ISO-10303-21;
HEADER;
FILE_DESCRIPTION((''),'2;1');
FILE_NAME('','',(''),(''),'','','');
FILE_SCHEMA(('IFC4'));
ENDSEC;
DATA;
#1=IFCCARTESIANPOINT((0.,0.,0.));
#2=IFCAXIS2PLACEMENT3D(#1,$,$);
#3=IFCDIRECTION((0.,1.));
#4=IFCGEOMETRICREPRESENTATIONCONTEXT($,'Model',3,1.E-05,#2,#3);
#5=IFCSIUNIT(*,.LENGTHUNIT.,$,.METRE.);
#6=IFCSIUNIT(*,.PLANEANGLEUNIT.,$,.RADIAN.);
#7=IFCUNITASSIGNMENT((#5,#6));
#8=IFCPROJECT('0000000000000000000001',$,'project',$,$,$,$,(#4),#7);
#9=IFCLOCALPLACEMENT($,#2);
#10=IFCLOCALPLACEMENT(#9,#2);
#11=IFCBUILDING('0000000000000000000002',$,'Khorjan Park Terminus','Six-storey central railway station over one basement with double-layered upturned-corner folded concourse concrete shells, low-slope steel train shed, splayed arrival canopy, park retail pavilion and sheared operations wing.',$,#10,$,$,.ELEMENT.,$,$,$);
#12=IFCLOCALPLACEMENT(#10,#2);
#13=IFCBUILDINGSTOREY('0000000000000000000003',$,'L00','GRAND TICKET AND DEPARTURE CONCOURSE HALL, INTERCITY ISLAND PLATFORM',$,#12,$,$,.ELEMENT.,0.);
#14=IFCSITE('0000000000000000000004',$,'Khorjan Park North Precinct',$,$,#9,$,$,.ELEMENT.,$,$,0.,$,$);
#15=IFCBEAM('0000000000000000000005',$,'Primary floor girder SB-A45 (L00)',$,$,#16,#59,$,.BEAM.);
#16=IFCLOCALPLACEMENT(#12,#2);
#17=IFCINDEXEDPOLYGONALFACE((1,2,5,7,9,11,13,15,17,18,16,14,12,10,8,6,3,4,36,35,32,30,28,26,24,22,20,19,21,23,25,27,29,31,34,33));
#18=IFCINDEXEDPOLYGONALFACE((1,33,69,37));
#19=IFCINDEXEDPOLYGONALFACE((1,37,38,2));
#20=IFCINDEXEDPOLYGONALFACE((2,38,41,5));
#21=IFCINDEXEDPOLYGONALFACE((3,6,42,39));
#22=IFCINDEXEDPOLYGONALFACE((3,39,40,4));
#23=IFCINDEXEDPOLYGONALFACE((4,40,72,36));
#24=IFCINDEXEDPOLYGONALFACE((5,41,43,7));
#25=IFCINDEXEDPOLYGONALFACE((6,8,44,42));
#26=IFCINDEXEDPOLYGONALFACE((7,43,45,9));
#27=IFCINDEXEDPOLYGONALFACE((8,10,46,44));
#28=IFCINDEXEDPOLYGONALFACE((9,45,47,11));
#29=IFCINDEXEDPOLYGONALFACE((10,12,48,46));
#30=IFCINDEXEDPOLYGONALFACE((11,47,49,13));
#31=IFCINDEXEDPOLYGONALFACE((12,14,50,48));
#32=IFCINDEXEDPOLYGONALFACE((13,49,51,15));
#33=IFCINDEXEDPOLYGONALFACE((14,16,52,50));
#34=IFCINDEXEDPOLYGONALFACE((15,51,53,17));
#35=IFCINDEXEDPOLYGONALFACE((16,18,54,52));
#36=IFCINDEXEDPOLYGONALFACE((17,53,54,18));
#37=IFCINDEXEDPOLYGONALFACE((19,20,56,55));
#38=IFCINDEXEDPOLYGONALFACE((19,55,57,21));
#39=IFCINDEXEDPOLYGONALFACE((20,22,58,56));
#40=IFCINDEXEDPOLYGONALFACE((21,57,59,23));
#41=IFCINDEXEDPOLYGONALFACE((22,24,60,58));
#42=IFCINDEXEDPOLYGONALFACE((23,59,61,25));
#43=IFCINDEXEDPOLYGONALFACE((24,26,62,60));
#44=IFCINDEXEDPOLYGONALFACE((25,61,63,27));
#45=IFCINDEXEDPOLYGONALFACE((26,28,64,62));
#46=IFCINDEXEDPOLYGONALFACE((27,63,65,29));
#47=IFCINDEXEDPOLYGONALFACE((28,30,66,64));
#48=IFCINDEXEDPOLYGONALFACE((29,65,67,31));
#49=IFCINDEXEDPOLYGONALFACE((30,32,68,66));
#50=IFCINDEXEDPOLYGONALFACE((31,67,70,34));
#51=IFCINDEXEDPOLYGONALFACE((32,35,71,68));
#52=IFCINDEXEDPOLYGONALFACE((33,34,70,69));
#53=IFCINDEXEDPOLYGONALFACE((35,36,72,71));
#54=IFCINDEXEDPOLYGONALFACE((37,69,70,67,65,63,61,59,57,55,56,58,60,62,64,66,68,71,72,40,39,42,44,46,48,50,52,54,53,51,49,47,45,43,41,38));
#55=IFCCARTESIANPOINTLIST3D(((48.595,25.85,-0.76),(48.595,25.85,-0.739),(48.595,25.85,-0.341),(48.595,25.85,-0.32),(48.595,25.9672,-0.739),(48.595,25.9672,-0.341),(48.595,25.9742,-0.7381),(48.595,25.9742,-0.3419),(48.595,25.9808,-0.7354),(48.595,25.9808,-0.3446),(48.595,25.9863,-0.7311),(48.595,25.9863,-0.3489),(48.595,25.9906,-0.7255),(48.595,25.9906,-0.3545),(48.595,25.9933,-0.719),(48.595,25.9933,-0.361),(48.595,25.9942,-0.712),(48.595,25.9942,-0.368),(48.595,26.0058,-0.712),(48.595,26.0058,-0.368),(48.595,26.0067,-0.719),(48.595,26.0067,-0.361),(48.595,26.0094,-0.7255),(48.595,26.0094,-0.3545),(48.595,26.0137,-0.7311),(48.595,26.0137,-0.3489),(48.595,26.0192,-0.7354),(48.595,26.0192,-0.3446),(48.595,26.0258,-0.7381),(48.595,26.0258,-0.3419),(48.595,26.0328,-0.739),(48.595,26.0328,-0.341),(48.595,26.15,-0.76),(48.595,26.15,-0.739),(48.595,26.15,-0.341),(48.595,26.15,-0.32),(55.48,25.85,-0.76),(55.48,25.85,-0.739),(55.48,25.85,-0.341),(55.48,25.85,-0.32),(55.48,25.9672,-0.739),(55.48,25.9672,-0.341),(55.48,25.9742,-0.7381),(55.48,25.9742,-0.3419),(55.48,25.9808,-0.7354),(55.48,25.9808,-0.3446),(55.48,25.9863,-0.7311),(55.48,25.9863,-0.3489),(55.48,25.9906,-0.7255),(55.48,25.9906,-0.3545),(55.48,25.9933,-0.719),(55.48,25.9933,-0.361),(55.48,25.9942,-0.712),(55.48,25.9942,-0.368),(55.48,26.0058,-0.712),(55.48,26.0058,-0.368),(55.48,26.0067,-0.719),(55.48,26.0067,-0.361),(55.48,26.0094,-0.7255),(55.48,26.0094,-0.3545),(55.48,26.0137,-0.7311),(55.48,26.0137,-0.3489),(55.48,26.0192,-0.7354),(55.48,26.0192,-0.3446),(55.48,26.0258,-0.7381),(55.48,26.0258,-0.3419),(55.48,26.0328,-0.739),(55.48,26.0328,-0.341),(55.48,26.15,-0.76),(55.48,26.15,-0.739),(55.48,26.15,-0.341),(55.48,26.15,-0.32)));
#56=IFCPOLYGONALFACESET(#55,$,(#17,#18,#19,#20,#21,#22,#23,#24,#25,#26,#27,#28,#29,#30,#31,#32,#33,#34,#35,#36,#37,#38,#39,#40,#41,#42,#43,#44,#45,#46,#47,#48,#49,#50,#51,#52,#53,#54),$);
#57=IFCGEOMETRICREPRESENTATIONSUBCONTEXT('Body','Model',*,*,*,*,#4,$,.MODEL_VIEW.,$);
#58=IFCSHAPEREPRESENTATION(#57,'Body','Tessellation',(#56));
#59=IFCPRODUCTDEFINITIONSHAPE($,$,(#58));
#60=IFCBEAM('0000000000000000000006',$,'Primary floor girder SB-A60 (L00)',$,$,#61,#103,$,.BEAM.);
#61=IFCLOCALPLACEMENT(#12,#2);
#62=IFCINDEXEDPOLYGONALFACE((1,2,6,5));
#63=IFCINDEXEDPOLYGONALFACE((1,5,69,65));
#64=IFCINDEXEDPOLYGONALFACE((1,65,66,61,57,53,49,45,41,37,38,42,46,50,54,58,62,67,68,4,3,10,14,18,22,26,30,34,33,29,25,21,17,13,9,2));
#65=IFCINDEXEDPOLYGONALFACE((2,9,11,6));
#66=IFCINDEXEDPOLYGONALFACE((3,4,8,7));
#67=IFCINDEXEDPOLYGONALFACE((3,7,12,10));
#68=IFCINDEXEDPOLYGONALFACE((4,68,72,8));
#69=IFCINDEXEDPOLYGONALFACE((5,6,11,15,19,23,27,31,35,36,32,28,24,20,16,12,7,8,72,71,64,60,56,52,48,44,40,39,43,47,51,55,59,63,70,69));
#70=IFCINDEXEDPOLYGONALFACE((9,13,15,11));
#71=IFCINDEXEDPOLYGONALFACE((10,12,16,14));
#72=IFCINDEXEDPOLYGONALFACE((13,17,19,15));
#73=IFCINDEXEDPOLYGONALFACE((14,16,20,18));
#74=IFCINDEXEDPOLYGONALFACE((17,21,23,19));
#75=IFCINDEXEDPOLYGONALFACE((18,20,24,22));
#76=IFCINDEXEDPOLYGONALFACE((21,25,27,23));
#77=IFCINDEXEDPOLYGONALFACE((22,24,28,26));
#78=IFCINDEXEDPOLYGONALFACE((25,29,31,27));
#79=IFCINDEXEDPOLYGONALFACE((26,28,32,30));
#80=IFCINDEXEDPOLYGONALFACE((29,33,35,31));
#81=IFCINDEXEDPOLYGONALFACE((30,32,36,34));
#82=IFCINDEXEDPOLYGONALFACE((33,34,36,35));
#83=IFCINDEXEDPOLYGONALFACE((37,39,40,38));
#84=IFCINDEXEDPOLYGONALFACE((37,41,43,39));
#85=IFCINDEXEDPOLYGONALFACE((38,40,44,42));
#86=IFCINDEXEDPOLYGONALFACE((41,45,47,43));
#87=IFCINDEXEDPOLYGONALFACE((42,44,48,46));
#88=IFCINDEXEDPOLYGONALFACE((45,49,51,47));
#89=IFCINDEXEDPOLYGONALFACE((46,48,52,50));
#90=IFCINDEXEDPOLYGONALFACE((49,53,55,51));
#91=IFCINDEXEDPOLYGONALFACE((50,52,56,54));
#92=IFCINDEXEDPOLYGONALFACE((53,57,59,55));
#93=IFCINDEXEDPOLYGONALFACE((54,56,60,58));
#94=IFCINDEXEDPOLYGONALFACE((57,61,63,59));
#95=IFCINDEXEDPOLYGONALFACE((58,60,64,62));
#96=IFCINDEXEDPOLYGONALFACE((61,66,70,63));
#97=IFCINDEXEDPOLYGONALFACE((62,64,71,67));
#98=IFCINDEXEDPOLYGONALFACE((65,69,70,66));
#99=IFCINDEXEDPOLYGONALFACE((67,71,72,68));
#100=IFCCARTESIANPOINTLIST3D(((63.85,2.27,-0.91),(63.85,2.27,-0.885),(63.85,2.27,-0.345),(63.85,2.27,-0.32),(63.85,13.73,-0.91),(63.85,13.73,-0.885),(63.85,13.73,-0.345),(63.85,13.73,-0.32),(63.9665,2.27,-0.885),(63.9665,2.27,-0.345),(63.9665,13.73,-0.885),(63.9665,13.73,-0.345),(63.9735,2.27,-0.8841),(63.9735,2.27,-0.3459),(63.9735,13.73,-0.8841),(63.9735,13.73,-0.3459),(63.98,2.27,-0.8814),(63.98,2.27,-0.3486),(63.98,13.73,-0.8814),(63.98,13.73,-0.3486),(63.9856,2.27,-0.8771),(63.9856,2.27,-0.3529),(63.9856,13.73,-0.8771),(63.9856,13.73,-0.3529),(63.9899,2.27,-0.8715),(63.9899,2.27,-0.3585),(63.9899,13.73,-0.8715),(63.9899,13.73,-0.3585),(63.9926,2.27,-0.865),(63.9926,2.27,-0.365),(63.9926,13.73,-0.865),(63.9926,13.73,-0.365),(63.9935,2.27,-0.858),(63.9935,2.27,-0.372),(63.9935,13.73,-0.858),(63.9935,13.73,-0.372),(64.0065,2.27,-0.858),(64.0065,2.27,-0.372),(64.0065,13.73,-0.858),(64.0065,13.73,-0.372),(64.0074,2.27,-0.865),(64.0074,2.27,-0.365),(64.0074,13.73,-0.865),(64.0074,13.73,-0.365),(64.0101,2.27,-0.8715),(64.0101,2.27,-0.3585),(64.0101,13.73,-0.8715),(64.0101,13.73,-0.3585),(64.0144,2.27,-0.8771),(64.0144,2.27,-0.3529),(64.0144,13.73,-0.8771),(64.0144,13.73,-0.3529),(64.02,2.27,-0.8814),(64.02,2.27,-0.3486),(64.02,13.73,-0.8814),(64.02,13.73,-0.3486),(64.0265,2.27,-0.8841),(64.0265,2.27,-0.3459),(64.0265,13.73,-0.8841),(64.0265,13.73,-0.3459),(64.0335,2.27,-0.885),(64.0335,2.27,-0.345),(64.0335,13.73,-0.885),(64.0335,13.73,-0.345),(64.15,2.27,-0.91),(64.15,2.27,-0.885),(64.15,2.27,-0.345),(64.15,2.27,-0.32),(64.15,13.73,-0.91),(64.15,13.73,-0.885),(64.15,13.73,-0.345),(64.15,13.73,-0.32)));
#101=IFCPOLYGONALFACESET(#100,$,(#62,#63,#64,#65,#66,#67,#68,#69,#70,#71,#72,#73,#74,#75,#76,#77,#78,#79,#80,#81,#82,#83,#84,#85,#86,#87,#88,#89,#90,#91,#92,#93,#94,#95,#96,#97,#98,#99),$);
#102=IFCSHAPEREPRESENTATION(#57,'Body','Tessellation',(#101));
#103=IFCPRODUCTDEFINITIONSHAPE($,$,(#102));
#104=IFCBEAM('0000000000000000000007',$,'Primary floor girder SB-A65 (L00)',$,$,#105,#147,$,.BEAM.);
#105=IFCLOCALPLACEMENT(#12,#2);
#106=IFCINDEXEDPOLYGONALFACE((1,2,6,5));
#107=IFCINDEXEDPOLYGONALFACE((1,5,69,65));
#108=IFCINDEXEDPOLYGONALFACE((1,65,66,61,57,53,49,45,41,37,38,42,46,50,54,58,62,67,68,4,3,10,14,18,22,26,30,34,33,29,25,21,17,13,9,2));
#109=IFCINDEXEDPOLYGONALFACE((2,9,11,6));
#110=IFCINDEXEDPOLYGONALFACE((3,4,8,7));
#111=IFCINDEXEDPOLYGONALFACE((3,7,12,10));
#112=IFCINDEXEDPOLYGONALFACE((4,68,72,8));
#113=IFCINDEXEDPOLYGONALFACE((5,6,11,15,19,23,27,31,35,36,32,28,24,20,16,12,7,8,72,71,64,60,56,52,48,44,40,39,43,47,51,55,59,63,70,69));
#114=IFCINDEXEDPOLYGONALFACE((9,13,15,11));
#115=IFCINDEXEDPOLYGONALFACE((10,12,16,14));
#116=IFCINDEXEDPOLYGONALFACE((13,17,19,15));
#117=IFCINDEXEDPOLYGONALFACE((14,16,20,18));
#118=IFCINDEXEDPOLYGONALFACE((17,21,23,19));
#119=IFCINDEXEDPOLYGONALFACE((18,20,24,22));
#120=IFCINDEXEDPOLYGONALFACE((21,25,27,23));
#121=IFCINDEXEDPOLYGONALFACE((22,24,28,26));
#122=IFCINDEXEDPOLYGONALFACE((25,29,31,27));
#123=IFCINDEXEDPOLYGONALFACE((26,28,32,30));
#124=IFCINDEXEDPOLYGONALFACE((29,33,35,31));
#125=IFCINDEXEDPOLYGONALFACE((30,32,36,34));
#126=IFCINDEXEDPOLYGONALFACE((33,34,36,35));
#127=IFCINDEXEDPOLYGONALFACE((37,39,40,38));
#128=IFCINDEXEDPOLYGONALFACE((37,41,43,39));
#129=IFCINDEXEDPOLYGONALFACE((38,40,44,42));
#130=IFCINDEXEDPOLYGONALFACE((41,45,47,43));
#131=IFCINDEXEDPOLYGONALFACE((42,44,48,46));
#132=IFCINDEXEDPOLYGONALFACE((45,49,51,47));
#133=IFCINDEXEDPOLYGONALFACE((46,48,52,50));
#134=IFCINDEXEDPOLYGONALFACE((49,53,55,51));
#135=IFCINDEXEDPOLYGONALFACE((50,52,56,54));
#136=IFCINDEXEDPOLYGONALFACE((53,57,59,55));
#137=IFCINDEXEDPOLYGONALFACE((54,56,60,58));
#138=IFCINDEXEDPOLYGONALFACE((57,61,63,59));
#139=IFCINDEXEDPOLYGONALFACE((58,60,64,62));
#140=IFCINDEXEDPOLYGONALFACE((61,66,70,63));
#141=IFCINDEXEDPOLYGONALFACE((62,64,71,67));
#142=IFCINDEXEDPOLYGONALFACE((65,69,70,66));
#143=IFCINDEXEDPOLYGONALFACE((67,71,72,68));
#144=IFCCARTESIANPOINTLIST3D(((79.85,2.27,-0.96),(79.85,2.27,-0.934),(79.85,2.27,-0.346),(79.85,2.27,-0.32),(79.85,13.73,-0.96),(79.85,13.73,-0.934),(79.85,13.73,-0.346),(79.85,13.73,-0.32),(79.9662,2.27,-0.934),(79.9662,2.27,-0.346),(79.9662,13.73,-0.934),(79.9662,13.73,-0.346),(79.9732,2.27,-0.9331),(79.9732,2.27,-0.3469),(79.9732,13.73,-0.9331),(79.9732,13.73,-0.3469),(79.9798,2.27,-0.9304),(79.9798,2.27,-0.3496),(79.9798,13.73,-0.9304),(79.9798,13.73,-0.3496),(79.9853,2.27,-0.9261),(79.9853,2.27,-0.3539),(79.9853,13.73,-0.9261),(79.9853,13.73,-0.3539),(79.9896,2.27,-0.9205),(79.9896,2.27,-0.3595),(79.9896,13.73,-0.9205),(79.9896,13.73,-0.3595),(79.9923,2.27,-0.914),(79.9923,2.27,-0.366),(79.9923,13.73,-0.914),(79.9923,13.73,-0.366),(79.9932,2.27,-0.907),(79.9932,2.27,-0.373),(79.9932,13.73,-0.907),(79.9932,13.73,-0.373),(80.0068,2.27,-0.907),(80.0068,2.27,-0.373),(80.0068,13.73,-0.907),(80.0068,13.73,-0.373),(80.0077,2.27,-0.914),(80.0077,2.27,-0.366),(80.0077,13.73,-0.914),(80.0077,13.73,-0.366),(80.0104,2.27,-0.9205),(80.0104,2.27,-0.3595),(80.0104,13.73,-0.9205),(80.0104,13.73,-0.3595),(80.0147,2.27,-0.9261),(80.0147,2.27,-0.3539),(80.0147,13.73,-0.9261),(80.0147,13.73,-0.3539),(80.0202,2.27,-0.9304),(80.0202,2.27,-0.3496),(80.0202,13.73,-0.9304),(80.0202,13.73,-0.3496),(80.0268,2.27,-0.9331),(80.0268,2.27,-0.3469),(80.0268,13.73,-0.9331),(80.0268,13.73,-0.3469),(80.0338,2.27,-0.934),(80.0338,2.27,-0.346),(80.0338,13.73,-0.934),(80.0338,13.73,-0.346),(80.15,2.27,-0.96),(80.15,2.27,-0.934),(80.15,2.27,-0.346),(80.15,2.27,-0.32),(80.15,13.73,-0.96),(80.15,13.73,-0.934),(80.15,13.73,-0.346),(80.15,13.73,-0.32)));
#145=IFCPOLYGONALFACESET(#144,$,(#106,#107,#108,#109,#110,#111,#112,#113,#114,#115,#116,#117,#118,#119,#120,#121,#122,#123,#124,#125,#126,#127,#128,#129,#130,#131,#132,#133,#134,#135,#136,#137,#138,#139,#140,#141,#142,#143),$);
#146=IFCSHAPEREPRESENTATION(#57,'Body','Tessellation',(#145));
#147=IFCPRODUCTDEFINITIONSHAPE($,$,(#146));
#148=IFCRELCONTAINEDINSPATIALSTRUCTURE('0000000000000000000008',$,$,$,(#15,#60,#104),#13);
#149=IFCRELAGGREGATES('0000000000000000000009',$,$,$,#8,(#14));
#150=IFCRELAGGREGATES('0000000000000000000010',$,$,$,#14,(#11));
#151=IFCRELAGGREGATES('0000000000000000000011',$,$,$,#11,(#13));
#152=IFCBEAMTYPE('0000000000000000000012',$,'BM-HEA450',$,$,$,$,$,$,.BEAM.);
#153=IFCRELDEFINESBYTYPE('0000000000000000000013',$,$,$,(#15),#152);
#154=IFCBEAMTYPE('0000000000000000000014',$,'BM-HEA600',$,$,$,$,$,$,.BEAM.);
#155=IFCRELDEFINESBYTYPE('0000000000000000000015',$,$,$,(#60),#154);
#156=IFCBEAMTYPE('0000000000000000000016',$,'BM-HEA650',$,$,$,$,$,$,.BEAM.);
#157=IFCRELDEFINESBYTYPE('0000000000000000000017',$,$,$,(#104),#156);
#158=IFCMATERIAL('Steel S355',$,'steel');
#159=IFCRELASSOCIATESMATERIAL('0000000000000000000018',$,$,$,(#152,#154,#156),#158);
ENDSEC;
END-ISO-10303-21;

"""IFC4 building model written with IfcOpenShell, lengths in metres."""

from ifc_helpers import new_model, si_unit, direction, frame, origin, origin_2d, place, context, subcontext, project, spatial, i_section, extrude, material, material_profile, profile_set, type_object, element, save


model = new_model("IFC4")

# Units and contexts
model_context = context("Model", 3, precision=1e-05, world=origin(), true_north=direction((0.0, 1.0)))
body_context = subcontext(model_context, "Body", "Model", "MODEL_VIEW")
ifc_project = project(units=[si_unit("LENGTHUNIT", "METRE"), si_unit("PLANEANGLEUNIT", "RADIAN")], contexts=[model_context])

# Site, building, storey
site_placement = place(None, origin())
site = spatial("IfcSite", under=ifc_project, at=site_placement, Name="Khorjan Park North Precinct", CompositionType="ELEMENT", RefElevation=0.0)
building_placement = place(site_placement, origin())
building = spatial("IfcBuilding", under=site, at=building_placement, Name="Khorjan Park Terminus", Description="Six-storey central railway station over one basement with double-layered upturned-corner folded concourse concrete shells, low-slope steel train shed, splayed arrival canopy, park retail pavilion and sheared operations wing.", CompositionType="ELEMENT")
storey_placement = place(building_placement, origin())
storey = spatial("IfcBuildingStorey", under=building, at=storey_placement, Name="L00", Description="GRAND TICKET AND DEPARTURE CONCOURSE HALL, INTERCITY ISLAND PLATFORM", CompositionType="ELEMENT", Elevation=0.0)

# Shared definitions
ifc_material_1 = material(Name="Steel S355", Category="steel")

# Beams
ifc_material_profile_1 = material_profile(ifc_material_1, i_section(OverallWidth=0.3, OverallDepth=0.44, WebThickness=0.0115, FlangeThickness=0.021, FilletRadius=0.027, at=origin_2d()), Name="HEA 450")
ifc_profile_set_1 = profile_set([ifc_material_profile_1], Name="Steel S355")
beam_type_1 = type_object("IfcBeamType", Name="BM-HEA450", PredefinedType="BEAM", material=ifc_profile_set_1)
beam_1_placement = place(storey_placement, frame((48.595, 26.0, -0.54), z_axis=(1.0, 0.0, 0.0), x_axis=(0.0, 1.0, 0.0)))
element("IfcBeam", 1, at=beam_1_placement, inside=storey, type_object=beam_type_1, Name="Primary floor girder SB-A45 (L00)", PredefinedType="BEAM", context=body_context, shape_type="SweptSolid", body=[
    extrude(i_section(OverallWidth=0.3, OverallDepth=0.44, WebThickness=0.0115, FlangeThickness=0.021, FilletRadius=0.027, at=origin_2d()), origin(), (0.0, 0.0, 1.0), 6.885),
])
ifc_material_profile_2 = material_profile(ifc_material_1, i_section(OverallWidth=0.3, OverallDepth=0.59, WebThickness=0.013, FlangeThickness=0.025, FilletRadius=0.027, at=origin_2d()), Name="HEA 600")
ifc_profile_set_2 = profile_set([ifc_material_profile_2], Name="Steel S355")
beam_type_2 = type_object("IfcBeamType", Name="BM-HEA600", PredefinedType="BEAM", material=ifc_profile_set_2)
beam_2_placement = place(storey_placement, frame((64.0, 2.27, -0.615), z_axis=(0.0, 1.0, 0.0), x_axis=(-1.0, 0.0, 0.0)))
element("IfcBeam", 2, at=beam_2_placement, inside=storey, type_object=beam_type_2, Name="Primary floor girder SB-A60 (L00)", PredefinedType="BEAM", context=body_context, shape_type="SweptSolid", body=[
    extrude(i_section(OverallWidth=0.3, OverallDepth=0.59, WebThickness=0.013, FlangeThickness=0.025, FilletRadius=0.027, at=origin_2d()), origin(), (0.0, 0.0, 1.0), 11.46),
])
ifc_material_profile_3 = material_profile(ifc_material_1, i_section(OverallWidth=0.3, OverallDepth=0.64, WebThickness=0.0135, FlangeThickness=0.026, FilletRadius=0.027, at=origin_2d()), Name="HEA 650")
ifc_profile_set_3 = profile_set([ifc_material_profile_3], Name="Steel S355")
beam_type_3 = type_object("IfcBeamType", Name="BM-HEA650", PredefinedType="BEAM", material=ifc_profile_set_3)
beam_3_placement = place(storey_placement, frame((80.0, 2.27, -0.64), z_axis=(0.0, 1.0, 0.0), x_axis=(-1.0, 0.0, 0.0)))
element("IfcBeam", 3, at=beam_3_placement, inside=storey, type_object=beam_type_3, Name="Primary floor girder SB-A65 (L00)", PredefinedType="BEAM", context=body_context, shape_type="SweptSolid", body=[
    extrude(i_section(OverallWidth=0.3, OverallDepth=0.64, WebThickness=0.0135, FlangeThickness=0.026, FilletRadius=0.027, at=origin_2d()), origin(), (0.0, 0.0, 1.0), 11.46),
])

save(model, "model.ifc")
